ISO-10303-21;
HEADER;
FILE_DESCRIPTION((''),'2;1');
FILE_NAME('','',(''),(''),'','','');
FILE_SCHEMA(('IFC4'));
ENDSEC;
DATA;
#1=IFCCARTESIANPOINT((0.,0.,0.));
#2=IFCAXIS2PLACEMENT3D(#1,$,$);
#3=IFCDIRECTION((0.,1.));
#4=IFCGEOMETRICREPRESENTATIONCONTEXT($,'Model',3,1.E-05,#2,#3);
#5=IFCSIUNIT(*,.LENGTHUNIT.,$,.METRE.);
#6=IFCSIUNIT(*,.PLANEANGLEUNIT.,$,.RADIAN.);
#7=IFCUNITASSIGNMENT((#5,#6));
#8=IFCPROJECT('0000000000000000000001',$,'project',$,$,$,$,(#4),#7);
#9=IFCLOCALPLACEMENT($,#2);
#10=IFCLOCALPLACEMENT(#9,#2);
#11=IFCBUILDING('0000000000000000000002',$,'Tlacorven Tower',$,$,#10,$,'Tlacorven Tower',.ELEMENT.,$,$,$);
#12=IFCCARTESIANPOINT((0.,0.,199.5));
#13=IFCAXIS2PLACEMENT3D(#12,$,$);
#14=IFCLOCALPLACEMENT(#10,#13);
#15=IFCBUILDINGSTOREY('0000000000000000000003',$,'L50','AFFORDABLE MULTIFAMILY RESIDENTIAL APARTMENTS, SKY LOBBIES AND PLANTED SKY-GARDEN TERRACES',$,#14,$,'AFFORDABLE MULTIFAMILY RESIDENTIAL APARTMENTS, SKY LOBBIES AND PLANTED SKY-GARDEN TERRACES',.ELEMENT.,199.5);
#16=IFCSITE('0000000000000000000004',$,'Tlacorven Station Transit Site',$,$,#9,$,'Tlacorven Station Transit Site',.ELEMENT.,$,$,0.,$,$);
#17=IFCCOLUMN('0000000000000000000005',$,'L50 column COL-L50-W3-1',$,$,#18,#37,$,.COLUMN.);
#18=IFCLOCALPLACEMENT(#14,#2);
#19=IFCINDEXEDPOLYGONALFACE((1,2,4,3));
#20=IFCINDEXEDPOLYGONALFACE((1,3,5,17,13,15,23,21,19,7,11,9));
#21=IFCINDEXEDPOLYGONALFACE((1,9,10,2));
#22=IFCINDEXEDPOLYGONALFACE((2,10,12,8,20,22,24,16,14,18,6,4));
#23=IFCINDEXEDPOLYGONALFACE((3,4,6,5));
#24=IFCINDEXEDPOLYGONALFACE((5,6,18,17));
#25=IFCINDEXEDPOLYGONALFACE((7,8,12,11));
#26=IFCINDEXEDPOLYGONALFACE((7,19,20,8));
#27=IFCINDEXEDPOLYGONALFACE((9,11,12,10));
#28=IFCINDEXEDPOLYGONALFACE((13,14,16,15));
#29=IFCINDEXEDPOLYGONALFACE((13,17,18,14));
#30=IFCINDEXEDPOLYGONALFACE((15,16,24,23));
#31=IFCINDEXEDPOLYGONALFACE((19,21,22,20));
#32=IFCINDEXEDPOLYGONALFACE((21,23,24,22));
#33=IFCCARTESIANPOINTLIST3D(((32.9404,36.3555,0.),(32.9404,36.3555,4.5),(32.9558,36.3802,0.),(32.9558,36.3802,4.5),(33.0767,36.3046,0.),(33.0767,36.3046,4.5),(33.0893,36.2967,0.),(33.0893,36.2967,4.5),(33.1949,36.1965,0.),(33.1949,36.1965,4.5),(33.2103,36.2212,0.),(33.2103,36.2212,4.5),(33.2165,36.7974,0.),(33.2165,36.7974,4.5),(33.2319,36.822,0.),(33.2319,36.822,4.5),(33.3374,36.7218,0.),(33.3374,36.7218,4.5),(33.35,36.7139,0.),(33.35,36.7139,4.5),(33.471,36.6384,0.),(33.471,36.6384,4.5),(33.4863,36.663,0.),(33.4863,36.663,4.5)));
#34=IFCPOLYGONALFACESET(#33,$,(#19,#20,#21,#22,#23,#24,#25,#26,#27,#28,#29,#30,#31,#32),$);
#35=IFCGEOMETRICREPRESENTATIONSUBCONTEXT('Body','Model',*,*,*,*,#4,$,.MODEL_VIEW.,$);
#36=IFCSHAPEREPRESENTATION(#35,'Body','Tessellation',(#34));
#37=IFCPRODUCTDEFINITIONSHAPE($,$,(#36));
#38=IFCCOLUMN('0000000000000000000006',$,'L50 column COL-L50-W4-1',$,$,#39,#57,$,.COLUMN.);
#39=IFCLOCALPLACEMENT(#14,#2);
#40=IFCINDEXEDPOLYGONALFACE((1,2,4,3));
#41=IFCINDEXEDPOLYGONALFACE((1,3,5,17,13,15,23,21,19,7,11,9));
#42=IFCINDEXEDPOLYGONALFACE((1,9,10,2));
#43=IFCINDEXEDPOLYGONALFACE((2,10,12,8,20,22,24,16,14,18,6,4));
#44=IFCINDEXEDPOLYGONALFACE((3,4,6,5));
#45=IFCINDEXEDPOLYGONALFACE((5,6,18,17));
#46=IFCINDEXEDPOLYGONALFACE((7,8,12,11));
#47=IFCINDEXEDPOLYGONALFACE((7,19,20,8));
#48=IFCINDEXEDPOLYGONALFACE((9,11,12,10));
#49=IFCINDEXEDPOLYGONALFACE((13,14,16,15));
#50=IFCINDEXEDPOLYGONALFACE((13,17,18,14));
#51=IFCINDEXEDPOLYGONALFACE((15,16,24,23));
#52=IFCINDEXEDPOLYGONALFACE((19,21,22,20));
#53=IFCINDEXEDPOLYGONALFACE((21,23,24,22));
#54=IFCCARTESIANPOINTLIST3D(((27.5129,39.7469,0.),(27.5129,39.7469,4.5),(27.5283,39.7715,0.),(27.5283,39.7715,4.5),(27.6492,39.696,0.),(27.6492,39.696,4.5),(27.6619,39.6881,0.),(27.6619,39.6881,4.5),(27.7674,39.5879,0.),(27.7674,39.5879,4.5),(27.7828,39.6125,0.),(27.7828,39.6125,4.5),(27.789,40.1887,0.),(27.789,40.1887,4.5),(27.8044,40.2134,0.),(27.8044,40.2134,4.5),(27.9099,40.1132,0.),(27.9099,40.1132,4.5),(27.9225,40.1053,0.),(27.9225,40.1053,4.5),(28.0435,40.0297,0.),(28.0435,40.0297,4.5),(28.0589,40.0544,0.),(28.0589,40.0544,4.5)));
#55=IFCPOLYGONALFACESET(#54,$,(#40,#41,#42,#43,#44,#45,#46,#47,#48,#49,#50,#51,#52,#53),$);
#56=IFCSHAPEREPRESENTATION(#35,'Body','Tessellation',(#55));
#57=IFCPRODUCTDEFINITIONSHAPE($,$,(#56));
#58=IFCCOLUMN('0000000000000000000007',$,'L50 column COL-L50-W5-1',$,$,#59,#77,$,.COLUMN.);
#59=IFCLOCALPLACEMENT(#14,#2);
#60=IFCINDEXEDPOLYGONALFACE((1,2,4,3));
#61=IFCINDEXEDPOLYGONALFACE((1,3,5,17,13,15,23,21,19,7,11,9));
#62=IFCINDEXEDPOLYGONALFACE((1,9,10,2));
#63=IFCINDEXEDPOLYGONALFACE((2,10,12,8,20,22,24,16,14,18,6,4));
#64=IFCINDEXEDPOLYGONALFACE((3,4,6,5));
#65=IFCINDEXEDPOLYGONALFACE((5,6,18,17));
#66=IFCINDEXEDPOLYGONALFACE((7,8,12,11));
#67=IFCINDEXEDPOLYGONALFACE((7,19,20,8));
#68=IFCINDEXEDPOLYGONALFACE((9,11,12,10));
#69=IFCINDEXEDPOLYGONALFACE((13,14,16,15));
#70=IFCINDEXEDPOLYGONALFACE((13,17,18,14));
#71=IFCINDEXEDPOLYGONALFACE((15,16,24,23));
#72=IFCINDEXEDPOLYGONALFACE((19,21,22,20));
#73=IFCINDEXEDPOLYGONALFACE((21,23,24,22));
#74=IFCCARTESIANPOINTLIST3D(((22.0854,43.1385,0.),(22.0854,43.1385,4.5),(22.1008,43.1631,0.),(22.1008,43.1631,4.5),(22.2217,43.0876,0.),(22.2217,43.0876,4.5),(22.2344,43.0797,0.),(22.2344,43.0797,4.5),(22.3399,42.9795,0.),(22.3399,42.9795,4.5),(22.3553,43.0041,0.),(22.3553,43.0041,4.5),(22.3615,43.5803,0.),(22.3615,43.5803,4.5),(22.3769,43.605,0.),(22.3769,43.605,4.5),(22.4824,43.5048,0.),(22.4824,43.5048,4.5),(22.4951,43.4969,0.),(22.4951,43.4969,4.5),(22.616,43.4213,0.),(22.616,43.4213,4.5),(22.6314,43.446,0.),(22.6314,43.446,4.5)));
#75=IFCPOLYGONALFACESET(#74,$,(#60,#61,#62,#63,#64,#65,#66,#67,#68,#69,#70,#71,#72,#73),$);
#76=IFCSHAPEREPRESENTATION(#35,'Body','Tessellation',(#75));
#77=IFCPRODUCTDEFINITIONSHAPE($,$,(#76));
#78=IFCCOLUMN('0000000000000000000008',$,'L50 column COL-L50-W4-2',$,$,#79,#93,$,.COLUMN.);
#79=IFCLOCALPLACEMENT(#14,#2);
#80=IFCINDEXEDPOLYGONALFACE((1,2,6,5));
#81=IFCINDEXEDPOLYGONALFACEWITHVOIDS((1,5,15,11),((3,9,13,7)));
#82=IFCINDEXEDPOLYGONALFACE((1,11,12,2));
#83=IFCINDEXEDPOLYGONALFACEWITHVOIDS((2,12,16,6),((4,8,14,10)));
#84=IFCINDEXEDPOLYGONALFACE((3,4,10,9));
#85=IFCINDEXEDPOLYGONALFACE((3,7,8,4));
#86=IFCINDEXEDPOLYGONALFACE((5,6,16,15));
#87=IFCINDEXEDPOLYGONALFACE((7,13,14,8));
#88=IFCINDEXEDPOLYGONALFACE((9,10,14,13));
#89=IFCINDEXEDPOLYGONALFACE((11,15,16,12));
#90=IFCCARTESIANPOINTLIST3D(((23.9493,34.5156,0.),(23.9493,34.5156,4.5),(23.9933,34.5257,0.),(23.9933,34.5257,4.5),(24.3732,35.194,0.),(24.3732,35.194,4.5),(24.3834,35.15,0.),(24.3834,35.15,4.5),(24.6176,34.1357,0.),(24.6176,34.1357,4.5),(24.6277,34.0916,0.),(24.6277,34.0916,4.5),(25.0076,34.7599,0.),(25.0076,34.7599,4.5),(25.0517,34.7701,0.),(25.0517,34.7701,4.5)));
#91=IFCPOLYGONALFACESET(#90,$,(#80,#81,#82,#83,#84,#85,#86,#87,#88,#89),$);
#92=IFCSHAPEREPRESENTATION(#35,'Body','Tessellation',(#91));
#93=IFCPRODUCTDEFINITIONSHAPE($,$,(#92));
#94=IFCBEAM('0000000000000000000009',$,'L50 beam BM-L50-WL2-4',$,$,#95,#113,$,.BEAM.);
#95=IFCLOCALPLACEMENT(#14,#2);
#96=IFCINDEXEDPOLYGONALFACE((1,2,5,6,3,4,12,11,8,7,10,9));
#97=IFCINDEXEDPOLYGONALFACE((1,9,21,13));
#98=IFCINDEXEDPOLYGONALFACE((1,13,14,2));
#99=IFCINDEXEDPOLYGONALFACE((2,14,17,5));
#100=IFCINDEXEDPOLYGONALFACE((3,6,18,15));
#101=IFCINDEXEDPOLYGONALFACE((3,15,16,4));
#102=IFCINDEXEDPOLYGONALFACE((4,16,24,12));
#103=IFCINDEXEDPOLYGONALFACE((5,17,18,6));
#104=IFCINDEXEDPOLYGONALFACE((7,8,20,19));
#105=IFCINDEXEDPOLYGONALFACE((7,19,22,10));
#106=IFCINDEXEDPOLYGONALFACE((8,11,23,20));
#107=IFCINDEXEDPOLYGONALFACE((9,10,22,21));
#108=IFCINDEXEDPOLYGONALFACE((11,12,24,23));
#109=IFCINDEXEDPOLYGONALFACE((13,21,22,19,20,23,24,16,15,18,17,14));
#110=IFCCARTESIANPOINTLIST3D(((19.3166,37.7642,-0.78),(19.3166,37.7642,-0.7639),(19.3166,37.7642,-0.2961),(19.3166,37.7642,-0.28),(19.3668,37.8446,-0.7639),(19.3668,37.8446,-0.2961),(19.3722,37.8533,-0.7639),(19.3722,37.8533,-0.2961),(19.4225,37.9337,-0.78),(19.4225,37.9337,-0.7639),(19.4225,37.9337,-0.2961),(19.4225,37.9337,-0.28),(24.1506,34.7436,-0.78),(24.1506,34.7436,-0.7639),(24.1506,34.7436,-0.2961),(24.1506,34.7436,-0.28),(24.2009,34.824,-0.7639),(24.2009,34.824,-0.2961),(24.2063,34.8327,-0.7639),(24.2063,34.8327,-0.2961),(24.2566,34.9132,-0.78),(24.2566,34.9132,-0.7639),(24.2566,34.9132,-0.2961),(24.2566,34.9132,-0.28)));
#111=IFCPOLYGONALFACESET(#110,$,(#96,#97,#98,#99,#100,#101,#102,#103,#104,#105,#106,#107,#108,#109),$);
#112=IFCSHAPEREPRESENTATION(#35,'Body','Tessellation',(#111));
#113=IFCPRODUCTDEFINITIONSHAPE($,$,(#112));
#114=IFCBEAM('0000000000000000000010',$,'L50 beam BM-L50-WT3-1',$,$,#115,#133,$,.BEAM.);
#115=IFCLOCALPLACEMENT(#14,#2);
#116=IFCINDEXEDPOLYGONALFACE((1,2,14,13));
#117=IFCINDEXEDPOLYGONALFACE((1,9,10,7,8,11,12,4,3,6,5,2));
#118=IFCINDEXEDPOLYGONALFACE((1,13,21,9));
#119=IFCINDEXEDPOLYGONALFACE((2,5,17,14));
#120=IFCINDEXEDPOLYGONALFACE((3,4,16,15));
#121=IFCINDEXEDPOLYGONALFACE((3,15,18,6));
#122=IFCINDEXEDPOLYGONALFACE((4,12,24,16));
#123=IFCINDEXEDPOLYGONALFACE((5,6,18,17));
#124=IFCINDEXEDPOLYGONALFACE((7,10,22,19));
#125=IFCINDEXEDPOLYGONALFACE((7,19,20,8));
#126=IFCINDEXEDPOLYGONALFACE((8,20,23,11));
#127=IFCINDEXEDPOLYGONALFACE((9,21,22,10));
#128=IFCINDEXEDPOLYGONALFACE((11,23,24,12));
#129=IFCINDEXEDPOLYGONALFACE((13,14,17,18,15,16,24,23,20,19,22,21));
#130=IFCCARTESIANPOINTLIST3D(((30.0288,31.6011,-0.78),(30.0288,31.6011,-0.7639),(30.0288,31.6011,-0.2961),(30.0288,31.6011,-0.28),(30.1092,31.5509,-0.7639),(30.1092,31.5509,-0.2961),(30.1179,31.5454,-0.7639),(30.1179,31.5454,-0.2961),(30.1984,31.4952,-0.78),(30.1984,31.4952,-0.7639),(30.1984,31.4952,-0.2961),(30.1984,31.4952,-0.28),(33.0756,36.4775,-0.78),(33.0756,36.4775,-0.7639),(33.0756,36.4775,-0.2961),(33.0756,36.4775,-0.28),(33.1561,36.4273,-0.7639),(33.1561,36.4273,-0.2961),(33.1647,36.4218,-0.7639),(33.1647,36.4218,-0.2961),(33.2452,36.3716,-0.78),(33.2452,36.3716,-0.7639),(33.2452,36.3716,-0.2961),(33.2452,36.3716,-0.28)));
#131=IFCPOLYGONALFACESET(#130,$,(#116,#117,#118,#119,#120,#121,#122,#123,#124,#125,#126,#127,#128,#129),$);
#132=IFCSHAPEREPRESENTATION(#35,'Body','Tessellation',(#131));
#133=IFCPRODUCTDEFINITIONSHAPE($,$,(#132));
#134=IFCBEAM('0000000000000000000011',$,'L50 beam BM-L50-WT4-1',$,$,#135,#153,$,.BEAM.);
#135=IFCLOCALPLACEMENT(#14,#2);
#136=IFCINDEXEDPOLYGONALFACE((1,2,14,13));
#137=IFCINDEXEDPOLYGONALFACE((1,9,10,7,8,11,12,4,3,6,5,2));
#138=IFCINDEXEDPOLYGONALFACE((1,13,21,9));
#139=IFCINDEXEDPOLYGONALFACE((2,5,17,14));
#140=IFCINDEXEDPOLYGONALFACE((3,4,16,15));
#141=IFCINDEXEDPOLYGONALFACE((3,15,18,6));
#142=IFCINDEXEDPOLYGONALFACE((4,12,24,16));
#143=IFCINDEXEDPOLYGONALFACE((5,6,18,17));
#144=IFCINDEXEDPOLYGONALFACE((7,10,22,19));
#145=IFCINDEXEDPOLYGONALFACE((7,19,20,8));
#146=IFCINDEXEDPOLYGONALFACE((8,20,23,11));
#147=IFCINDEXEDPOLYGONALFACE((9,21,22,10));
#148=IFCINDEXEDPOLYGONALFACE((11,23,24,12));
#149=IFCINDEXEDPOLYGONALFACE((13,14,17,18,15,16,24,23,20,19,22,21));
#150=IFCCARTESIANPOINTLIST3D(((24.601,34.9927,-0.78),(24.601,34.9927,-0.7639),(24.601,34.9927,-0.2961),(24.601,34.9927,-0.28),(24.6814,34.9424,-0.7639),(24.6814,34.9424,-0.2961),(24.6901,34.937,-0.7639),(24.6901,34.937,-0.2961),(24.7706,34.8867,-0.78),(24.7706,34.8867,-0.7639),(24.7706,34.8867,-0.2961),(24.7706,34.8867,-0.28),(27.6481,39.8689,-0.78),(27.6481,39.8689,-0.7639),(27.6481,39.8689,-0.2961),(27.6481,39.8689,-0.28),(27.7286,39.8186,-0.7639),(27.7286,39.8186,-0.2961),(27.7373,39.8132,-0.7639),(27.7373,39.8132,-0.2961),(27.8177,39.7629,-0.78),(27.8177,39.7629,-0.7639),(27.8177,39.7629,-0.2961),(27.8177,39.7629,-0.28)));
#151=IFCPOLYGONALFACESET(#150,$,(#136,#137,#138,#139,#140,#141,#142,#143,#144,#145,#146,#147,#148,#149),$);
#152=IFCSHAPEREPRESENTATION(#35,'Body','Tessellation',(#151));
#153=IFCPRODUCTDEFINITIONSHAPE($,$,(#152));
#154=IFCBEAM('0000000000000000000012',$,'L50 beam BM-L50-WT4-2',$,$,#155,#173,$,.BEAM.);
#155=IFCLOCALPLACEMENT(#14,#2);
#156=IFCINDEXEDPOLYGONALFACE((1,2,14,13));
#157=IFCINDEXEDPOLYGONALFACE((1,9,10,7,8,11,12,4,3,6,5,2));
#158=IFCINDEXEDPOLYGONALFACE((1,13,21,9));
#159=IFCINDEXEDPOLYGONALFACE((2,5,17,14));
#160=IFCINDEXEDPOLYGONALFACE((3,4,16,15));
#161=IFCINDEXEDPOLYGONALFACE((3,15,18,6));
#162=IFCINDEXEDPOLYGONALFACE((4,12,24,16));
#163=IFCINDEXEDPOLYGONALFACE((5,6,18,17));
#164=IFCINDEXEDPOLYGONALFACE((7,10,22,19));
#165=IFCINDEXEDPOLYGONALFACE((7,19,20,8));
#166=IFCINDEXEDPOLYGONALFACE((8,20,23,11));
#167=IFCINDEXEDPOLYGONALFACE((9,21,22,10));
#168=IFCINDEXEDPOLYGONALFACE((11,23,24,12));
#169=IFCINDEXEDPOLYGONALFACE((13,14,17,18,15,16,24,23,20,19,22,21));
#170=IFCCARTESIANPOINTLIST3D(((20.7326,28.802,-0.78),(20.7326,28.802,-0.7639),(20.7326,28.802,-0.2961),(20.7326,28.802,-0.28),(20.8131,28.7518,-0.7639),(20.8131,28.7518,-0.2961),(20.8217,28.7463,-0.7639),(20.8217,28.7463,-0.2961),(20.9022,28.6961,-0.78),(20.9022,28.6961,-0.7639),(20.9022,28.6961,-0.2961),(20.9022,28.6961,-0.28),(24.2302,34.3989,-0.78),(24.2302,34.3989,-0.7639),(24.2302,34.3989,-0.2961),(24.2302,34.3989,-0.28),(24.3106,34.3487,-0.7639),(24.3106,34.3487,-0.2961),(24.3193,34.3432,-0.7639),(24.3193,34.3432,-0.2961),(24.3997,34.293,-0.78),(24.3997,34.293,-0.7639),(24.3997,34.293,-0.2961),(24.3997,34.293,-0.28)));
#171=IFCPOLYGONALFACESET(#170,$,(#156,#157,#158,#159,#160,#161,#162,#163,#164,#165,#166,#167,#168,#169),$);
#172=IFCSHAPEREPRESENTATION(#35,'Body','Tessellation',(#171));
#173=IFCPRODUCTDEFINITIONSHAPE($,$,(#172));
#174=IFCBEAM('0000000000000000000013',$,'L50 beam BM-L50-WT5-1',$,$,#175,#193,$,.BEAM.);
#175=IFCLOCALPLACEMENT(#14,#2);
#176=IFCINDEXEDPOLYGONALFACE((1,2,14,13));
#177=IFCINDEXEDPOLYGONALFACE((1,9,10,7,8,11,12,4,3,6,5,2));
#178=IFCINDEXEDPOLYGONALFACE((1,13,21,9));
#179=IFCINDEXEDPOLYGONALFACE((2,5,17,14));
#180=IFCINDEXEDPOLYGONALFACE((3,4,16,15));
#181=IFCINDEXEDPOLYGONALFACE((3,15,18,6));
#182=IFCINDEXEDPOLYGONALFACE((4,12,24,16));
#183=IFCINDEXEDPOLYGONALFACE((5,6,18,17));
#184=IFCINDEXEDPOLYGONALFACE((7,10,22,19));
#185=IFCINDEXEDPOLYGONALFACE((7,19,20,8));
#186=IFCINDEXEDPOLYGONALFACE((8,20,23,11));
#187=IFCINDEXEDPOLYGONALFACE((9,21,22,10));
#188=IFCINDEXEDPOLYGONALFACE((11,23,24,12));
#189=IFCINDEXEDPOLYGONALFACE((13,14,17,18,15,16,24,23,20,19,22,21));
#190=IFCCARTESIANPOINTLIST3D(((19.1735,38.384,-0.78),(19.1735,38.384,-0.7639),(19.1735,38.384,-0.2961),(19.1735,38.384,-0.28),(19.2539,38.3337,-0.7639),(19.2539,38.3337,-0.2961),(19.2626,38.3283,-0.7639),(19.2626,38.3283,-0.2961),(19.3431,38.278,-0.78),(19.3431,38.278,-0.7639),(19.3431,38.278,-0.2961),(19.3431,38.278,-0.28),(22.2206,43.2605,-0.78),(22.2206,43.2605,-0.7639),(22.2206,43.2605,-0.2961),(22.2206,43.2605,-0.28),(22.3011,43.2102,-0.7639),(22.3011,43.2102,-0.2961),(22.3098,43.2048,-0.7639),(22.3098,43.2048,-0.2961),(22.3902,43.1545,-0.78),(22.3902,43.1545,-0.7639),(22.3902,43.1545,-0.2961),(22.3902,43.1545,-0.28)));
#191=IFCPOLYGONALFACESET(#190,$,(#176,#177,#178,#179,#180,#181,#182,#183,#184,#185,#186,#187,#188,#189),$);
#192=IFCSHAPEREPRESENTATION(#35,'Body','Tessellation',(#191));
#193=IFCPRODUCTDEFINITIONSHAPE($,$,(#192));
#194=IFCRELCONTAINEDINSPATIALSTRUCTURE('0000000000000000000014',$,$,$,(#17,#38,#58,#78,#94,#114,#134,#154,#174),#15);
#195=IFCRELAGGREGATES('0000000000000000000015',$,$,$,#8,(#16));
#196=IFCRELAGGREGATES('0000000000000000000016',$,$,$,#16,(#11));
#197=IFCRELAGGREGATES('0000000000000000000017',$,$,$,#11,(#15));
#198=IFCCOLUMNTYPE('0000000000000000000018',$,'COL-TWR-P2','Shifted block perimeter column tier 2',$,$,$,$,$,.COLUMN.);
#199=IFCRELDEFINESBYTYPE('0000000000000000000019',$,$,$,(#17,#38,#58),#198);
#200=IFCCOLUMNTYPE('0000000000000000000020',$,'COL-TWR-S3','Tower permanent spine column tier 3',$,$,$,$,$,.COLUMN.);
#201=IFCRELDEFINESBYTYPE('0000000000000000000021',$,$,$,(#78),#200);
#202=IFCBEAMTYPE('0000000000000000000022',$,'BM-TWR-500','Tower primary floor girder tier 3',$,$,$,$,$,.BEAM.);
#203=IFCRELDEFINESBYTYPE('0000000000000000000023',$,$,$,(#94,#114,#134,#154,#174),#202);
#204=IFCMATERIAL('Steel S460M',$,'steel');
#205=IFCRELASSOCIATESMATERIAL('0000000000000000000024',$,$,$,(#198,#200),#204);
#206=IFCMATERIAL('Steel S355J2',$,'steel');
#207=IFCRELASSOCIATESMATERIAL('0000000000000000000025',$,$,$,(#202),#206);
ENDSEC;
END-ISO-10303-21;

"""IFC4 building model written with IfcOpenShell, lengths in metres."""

from ifc_helpers import new_model, si_unit, direction, frame, origin, origin_2d, place, context, subcontext, project, spatial, hollow_rectangle, i_section, extrude, source, transform, mapped, material, material_profile, profile_set, type_object, element, save


model = new_model("IFC4")

# Units and contexts
model_context = context("Model", 3, precision=1e-05, world=origin(), true_north=direction((0.0, 1.0)))
body_context = subcontext(model_context, "Body", "Model", "MODEL_VIEW")
ifc_project = project(units=[si_unit("LENGTHUNIT", "METRE"), si_unit("PLANEANGLEUNIT", "RADIAN")], contexts=[model_context])

# Site, building, storey
site_placement = place(None, origin())
site = spatial("IfcSite", under=ifc_project, at=site_placement, Name="Tlacorven Station Transit Site", LongName="Tlacorven Station Transit Site", CompositionType="ELEMENT", RefElevation=0.0)
building_placement = place(site_placement, origin())
building = spatial("IfcBuilding", under=site, at=building_placement, Name="Tlacorven Tower", LongName="Tlacorven Tower", CompositionType="ELEMENT")
storey_placement = place(building_placement, frame((0.0, 0.0, 199.5)))
storey = spatial("IfcBuildingStorey", under=building, at=storey_placement, Name="L50", Description="AFFORDABLE MULTIFAMILY RESIDENTIAL APARTMENTS, SKY LOBBIES AND PLANTED SKY-GARDEN TERRACES", LongName="AFFORDABLE MULTIFAMILY RESIDENTIAL APARTMENTS, SKY LOBBIES AND PLANTED SKY-GARDEN TERRACES", CompositionType="ELEMENT", Elevation=199.5)

# Columns
ifc_material_1 = material(Name="Steel S460M", Category="steel")
ifc_material_profile_1 = material_profile(ifc_material_1, i_section(OverallWidth=0.3, OverallDepth=0.55, WebThickness=0.0149, FlangeThickness=0.0291, at=origin_2d()), Name="HEB 550")
ifc_profile_set_1 = profile_set([ifc_material_profile_1], Name="Steel S460M")
column_type_1 = type_object("IfcColumnType", Name="COL-TWR-P2", Description="Shifted block perimeter column tier 2", PredefinedType="COLUMN", material=ifc_profile_set_1)
shared_shape_1 = source(origin(), body_context, "Body", "SweptSolid", [
    extrude(i_section(OverallWidth=0.3, OverallDepth=0.55, WebThickness=0.0149, FlangeThickness=0.0291, at=origin_2d()), origin(), (0.0, 0.0, 1.0), 4.5),
])
for number, where, z_axis, x_axis, name in (
    (1, (33.2134, 36.5093, 0.0), (0.0, 0.0, 1.0), (-0.848048, 0.529919, 0.0), "L50 column COL-L50-W3-1"),
    (2, (27.7859, 39.9006, 0.0), (0.0, 0.0, 1.0), (-0.848048, 0.529919, 0.0), "L50 column COL-L50-W4-1"),
    (3, (22.3584, 43.2922, 0.0), (0.0, 0.0, 1.0), (-0.848048, 0.529919, 0.0), "L50 column COL-L50-W5-1"),
):
    element("IfcColumn", number, at=place(storey_placement, frame(where, z_axis=z_axis, x_axis=x_axis)), inside=storey, type_object=column_type_1, Name=name, PredefinedType="COLUMN", context=body_context, shape_type="MappedRepresentation", body=[
        mapped(shared_shape_1, transform((0.0, 0.0, 0.0), scale=1.0)),
    ])
ifc_material_profile_2 = material_profile(ifc_material_1, hollow_rectangle(XDim=0.8, YDim=0.8, WallThickness=0.032, at=origin_2d()), Name="BOX 800X800X32")
ifc_profile_set_2 = profile_set([ifc_material_profile_2], Name="Steel S460M")
column_type_2 = type_object("IfcColumnType", Name="COL-TWR-S3", Description="Tower permanent spine column tier 3", PredefinedType="COLUMN", material=ifc_profile_set_2)
shared_shape_2 = source(origin(), body_context, "Body", "SweptSolid", [
    extrude(hollow_rectangle(XDim=0.8, YDim=0.8, WallThickness=0.032, at=origin_2d()), origin(), (0.0, 0.0, 1.0), 4.5),
])
column_placement = place(storey_placement, frame((24.5005, 34.6428, 0.0), z_axis=(0.0, 0.0, 1.0), x_axis=(-0.848048, 0.529919, 0.0)))
element("IfcColumn", 4, at=column_placement, inside=storey, type_object=column_type_2, Name="L50 column COL-L50-W4-2", PredefinedType="COLUMN", context=body_context, shape_type="MappedRepresentation", body=[
    mapped(shared_shape_2, transform((0.0, 0.0, 0.0), scale=1.0)),
])

# Beams
ifc_material_2 = material(Name="Steel S355J2", Category="steel")
ifc_material_profile_3 = material_profile(ifc_material_2, i_section(OverallWidth=0.2, OverallDepth=0.5, WebThickness=0.0103, FlangeThickness=0.0161, at=origin_2d()), Name="IPE 500")
ifc_profile_set_3 = profile_set([ifc_material_profile_3], Name="Steel S355J2")
beam_type_1 = type_object("IfcBeamType", Name="BM-TWR-500", Description="Tower primary floor girder tier 3", PredefinedType="BEAM", material=ifc_profile_set_3)
shared_shape_3 = source(origin(), body_context, "Body", "SweptSolid", [
    extrude(i_section(OverallWidth=0.2, OverallDepth=0.5, WebThickness=0.0103, FlangeThickness=0.0161, at=origin_2d()), origin(), (0.0, 0.0, 1.0), 5.7002),
])
beam_1_placement = place(storey_placement, frame((24.2036, 34.8284, -0.53), z_axis=(-0.848056, 0.529907, 0.0), x_axis=(-0.529907, -0.848056, 0.0)))
element("IfcBeam", 5, at=beam_1_placement, inside=storey, type_object=beam_type_1, Name="L50 beam BM-L50-WL2-4", PredefinedType="BEAM", context=body_context, shape_type="MappedRepresentation", body=[
    mapped(shared_shape_3, transform((0.0, 0.0, 0.0), scale=1.0)),
])
shared_shape_4 = source(origin(), body_context, "Body", "SweptSolid", [
    extrude(i_section(OverallWidth=0.2, OverallDepth=0.5, WebThickness=0.0103, FlangeThickness=0.0161, at=origin_2d()), origin(), (0.0, 0.0, 1.0), 5.75),
])
for number, where, z_axis, x_axis, name in (
    (6, (33.1604, 36.4246, -0.53), (-0.529884, -0.84807, 0.0), (0.84807, -0.529884, 0.0), "L50 beam BM-L50-WT3-1"),
    (7, (27.7329, 39.8159, -0.53), (-0.529934, -0.848039, 0.0), (0.848039, -0.529934, 0.0), "L50 beam BM-L50-WT4-1"),
):
    element("IfcBeam", number, at=place(storey_placement, frame(where, z_axis=z_axis, x_axis=x_axis)), inside=storey, type_object=beam_type_1, Name=name, PredefinedType="BEAM", context=body_context, shape_type="MappedRepresentation", body=[
        mapped(shared_shape_4, transform((0.0, 0.0, 0.0), scale=1.0)),
    ])
shared_shape_5 = source(origin(), body_context, "Body", "SweptSolid", [
    extrude(i_section(OverallWidth=0.2, OverallDepth=0.5, WebThickness=0.0103, FlangeThickness=0.0161, at=origin_2d()), origin(), (0.0, 0.0, 1.0), 6.5999),
])
beam_2_placement = place(storey_placement, frame((24.3149, 34.3459, -0.53), z_axis=(-0.529942, -0.848034, 0.0), x_axis=(0.848034, -0.529942, 0.0)))
element("IfcBeam", 8, at=beam_2_placement, inside=storey, type_object=beam_type_1, Name="L50 beam BM-L50-WT4-2", PredefinedType="BEAM", context=body_context, shape_type="MappedRepresentation", body=[
    mapped(shared_shape_5, transform((0.0, 0.0, 0.0), scale=1.0)),
])
shared_shape_6 = source(origin(), body_context, "Body", "SweptSolid", [
    extrude(i_section(OverallWidth=0.2, OverallDepth=0.5, WebThickness=0.0103, FlangeThickness=0.0161, at=origin_2d()), origin(), (0.0, 0.0, 1.0), 5.7502),
])
beam_3_placement = place(storey_placement, frame((22.3054, 43.2075, -0.53), z_axis=(-0.529915, -0.848051, 0.0), x_axis=(0.848051, -0.529915, 0.0)))
element("IfcBeam", 9, at=beam_3_placement, inside=storey, type_object=beam_type_1, Name="L50 beam BM-L50-WT5-1", PredefinedType="BEAM", context=body_context, shape_type="MappedRepresentation", body=[
    mapped(shared_shape_6, transform((0.0, 0.0, 0.0), scale=1.0)),
])

save(model, "model.ifc")
